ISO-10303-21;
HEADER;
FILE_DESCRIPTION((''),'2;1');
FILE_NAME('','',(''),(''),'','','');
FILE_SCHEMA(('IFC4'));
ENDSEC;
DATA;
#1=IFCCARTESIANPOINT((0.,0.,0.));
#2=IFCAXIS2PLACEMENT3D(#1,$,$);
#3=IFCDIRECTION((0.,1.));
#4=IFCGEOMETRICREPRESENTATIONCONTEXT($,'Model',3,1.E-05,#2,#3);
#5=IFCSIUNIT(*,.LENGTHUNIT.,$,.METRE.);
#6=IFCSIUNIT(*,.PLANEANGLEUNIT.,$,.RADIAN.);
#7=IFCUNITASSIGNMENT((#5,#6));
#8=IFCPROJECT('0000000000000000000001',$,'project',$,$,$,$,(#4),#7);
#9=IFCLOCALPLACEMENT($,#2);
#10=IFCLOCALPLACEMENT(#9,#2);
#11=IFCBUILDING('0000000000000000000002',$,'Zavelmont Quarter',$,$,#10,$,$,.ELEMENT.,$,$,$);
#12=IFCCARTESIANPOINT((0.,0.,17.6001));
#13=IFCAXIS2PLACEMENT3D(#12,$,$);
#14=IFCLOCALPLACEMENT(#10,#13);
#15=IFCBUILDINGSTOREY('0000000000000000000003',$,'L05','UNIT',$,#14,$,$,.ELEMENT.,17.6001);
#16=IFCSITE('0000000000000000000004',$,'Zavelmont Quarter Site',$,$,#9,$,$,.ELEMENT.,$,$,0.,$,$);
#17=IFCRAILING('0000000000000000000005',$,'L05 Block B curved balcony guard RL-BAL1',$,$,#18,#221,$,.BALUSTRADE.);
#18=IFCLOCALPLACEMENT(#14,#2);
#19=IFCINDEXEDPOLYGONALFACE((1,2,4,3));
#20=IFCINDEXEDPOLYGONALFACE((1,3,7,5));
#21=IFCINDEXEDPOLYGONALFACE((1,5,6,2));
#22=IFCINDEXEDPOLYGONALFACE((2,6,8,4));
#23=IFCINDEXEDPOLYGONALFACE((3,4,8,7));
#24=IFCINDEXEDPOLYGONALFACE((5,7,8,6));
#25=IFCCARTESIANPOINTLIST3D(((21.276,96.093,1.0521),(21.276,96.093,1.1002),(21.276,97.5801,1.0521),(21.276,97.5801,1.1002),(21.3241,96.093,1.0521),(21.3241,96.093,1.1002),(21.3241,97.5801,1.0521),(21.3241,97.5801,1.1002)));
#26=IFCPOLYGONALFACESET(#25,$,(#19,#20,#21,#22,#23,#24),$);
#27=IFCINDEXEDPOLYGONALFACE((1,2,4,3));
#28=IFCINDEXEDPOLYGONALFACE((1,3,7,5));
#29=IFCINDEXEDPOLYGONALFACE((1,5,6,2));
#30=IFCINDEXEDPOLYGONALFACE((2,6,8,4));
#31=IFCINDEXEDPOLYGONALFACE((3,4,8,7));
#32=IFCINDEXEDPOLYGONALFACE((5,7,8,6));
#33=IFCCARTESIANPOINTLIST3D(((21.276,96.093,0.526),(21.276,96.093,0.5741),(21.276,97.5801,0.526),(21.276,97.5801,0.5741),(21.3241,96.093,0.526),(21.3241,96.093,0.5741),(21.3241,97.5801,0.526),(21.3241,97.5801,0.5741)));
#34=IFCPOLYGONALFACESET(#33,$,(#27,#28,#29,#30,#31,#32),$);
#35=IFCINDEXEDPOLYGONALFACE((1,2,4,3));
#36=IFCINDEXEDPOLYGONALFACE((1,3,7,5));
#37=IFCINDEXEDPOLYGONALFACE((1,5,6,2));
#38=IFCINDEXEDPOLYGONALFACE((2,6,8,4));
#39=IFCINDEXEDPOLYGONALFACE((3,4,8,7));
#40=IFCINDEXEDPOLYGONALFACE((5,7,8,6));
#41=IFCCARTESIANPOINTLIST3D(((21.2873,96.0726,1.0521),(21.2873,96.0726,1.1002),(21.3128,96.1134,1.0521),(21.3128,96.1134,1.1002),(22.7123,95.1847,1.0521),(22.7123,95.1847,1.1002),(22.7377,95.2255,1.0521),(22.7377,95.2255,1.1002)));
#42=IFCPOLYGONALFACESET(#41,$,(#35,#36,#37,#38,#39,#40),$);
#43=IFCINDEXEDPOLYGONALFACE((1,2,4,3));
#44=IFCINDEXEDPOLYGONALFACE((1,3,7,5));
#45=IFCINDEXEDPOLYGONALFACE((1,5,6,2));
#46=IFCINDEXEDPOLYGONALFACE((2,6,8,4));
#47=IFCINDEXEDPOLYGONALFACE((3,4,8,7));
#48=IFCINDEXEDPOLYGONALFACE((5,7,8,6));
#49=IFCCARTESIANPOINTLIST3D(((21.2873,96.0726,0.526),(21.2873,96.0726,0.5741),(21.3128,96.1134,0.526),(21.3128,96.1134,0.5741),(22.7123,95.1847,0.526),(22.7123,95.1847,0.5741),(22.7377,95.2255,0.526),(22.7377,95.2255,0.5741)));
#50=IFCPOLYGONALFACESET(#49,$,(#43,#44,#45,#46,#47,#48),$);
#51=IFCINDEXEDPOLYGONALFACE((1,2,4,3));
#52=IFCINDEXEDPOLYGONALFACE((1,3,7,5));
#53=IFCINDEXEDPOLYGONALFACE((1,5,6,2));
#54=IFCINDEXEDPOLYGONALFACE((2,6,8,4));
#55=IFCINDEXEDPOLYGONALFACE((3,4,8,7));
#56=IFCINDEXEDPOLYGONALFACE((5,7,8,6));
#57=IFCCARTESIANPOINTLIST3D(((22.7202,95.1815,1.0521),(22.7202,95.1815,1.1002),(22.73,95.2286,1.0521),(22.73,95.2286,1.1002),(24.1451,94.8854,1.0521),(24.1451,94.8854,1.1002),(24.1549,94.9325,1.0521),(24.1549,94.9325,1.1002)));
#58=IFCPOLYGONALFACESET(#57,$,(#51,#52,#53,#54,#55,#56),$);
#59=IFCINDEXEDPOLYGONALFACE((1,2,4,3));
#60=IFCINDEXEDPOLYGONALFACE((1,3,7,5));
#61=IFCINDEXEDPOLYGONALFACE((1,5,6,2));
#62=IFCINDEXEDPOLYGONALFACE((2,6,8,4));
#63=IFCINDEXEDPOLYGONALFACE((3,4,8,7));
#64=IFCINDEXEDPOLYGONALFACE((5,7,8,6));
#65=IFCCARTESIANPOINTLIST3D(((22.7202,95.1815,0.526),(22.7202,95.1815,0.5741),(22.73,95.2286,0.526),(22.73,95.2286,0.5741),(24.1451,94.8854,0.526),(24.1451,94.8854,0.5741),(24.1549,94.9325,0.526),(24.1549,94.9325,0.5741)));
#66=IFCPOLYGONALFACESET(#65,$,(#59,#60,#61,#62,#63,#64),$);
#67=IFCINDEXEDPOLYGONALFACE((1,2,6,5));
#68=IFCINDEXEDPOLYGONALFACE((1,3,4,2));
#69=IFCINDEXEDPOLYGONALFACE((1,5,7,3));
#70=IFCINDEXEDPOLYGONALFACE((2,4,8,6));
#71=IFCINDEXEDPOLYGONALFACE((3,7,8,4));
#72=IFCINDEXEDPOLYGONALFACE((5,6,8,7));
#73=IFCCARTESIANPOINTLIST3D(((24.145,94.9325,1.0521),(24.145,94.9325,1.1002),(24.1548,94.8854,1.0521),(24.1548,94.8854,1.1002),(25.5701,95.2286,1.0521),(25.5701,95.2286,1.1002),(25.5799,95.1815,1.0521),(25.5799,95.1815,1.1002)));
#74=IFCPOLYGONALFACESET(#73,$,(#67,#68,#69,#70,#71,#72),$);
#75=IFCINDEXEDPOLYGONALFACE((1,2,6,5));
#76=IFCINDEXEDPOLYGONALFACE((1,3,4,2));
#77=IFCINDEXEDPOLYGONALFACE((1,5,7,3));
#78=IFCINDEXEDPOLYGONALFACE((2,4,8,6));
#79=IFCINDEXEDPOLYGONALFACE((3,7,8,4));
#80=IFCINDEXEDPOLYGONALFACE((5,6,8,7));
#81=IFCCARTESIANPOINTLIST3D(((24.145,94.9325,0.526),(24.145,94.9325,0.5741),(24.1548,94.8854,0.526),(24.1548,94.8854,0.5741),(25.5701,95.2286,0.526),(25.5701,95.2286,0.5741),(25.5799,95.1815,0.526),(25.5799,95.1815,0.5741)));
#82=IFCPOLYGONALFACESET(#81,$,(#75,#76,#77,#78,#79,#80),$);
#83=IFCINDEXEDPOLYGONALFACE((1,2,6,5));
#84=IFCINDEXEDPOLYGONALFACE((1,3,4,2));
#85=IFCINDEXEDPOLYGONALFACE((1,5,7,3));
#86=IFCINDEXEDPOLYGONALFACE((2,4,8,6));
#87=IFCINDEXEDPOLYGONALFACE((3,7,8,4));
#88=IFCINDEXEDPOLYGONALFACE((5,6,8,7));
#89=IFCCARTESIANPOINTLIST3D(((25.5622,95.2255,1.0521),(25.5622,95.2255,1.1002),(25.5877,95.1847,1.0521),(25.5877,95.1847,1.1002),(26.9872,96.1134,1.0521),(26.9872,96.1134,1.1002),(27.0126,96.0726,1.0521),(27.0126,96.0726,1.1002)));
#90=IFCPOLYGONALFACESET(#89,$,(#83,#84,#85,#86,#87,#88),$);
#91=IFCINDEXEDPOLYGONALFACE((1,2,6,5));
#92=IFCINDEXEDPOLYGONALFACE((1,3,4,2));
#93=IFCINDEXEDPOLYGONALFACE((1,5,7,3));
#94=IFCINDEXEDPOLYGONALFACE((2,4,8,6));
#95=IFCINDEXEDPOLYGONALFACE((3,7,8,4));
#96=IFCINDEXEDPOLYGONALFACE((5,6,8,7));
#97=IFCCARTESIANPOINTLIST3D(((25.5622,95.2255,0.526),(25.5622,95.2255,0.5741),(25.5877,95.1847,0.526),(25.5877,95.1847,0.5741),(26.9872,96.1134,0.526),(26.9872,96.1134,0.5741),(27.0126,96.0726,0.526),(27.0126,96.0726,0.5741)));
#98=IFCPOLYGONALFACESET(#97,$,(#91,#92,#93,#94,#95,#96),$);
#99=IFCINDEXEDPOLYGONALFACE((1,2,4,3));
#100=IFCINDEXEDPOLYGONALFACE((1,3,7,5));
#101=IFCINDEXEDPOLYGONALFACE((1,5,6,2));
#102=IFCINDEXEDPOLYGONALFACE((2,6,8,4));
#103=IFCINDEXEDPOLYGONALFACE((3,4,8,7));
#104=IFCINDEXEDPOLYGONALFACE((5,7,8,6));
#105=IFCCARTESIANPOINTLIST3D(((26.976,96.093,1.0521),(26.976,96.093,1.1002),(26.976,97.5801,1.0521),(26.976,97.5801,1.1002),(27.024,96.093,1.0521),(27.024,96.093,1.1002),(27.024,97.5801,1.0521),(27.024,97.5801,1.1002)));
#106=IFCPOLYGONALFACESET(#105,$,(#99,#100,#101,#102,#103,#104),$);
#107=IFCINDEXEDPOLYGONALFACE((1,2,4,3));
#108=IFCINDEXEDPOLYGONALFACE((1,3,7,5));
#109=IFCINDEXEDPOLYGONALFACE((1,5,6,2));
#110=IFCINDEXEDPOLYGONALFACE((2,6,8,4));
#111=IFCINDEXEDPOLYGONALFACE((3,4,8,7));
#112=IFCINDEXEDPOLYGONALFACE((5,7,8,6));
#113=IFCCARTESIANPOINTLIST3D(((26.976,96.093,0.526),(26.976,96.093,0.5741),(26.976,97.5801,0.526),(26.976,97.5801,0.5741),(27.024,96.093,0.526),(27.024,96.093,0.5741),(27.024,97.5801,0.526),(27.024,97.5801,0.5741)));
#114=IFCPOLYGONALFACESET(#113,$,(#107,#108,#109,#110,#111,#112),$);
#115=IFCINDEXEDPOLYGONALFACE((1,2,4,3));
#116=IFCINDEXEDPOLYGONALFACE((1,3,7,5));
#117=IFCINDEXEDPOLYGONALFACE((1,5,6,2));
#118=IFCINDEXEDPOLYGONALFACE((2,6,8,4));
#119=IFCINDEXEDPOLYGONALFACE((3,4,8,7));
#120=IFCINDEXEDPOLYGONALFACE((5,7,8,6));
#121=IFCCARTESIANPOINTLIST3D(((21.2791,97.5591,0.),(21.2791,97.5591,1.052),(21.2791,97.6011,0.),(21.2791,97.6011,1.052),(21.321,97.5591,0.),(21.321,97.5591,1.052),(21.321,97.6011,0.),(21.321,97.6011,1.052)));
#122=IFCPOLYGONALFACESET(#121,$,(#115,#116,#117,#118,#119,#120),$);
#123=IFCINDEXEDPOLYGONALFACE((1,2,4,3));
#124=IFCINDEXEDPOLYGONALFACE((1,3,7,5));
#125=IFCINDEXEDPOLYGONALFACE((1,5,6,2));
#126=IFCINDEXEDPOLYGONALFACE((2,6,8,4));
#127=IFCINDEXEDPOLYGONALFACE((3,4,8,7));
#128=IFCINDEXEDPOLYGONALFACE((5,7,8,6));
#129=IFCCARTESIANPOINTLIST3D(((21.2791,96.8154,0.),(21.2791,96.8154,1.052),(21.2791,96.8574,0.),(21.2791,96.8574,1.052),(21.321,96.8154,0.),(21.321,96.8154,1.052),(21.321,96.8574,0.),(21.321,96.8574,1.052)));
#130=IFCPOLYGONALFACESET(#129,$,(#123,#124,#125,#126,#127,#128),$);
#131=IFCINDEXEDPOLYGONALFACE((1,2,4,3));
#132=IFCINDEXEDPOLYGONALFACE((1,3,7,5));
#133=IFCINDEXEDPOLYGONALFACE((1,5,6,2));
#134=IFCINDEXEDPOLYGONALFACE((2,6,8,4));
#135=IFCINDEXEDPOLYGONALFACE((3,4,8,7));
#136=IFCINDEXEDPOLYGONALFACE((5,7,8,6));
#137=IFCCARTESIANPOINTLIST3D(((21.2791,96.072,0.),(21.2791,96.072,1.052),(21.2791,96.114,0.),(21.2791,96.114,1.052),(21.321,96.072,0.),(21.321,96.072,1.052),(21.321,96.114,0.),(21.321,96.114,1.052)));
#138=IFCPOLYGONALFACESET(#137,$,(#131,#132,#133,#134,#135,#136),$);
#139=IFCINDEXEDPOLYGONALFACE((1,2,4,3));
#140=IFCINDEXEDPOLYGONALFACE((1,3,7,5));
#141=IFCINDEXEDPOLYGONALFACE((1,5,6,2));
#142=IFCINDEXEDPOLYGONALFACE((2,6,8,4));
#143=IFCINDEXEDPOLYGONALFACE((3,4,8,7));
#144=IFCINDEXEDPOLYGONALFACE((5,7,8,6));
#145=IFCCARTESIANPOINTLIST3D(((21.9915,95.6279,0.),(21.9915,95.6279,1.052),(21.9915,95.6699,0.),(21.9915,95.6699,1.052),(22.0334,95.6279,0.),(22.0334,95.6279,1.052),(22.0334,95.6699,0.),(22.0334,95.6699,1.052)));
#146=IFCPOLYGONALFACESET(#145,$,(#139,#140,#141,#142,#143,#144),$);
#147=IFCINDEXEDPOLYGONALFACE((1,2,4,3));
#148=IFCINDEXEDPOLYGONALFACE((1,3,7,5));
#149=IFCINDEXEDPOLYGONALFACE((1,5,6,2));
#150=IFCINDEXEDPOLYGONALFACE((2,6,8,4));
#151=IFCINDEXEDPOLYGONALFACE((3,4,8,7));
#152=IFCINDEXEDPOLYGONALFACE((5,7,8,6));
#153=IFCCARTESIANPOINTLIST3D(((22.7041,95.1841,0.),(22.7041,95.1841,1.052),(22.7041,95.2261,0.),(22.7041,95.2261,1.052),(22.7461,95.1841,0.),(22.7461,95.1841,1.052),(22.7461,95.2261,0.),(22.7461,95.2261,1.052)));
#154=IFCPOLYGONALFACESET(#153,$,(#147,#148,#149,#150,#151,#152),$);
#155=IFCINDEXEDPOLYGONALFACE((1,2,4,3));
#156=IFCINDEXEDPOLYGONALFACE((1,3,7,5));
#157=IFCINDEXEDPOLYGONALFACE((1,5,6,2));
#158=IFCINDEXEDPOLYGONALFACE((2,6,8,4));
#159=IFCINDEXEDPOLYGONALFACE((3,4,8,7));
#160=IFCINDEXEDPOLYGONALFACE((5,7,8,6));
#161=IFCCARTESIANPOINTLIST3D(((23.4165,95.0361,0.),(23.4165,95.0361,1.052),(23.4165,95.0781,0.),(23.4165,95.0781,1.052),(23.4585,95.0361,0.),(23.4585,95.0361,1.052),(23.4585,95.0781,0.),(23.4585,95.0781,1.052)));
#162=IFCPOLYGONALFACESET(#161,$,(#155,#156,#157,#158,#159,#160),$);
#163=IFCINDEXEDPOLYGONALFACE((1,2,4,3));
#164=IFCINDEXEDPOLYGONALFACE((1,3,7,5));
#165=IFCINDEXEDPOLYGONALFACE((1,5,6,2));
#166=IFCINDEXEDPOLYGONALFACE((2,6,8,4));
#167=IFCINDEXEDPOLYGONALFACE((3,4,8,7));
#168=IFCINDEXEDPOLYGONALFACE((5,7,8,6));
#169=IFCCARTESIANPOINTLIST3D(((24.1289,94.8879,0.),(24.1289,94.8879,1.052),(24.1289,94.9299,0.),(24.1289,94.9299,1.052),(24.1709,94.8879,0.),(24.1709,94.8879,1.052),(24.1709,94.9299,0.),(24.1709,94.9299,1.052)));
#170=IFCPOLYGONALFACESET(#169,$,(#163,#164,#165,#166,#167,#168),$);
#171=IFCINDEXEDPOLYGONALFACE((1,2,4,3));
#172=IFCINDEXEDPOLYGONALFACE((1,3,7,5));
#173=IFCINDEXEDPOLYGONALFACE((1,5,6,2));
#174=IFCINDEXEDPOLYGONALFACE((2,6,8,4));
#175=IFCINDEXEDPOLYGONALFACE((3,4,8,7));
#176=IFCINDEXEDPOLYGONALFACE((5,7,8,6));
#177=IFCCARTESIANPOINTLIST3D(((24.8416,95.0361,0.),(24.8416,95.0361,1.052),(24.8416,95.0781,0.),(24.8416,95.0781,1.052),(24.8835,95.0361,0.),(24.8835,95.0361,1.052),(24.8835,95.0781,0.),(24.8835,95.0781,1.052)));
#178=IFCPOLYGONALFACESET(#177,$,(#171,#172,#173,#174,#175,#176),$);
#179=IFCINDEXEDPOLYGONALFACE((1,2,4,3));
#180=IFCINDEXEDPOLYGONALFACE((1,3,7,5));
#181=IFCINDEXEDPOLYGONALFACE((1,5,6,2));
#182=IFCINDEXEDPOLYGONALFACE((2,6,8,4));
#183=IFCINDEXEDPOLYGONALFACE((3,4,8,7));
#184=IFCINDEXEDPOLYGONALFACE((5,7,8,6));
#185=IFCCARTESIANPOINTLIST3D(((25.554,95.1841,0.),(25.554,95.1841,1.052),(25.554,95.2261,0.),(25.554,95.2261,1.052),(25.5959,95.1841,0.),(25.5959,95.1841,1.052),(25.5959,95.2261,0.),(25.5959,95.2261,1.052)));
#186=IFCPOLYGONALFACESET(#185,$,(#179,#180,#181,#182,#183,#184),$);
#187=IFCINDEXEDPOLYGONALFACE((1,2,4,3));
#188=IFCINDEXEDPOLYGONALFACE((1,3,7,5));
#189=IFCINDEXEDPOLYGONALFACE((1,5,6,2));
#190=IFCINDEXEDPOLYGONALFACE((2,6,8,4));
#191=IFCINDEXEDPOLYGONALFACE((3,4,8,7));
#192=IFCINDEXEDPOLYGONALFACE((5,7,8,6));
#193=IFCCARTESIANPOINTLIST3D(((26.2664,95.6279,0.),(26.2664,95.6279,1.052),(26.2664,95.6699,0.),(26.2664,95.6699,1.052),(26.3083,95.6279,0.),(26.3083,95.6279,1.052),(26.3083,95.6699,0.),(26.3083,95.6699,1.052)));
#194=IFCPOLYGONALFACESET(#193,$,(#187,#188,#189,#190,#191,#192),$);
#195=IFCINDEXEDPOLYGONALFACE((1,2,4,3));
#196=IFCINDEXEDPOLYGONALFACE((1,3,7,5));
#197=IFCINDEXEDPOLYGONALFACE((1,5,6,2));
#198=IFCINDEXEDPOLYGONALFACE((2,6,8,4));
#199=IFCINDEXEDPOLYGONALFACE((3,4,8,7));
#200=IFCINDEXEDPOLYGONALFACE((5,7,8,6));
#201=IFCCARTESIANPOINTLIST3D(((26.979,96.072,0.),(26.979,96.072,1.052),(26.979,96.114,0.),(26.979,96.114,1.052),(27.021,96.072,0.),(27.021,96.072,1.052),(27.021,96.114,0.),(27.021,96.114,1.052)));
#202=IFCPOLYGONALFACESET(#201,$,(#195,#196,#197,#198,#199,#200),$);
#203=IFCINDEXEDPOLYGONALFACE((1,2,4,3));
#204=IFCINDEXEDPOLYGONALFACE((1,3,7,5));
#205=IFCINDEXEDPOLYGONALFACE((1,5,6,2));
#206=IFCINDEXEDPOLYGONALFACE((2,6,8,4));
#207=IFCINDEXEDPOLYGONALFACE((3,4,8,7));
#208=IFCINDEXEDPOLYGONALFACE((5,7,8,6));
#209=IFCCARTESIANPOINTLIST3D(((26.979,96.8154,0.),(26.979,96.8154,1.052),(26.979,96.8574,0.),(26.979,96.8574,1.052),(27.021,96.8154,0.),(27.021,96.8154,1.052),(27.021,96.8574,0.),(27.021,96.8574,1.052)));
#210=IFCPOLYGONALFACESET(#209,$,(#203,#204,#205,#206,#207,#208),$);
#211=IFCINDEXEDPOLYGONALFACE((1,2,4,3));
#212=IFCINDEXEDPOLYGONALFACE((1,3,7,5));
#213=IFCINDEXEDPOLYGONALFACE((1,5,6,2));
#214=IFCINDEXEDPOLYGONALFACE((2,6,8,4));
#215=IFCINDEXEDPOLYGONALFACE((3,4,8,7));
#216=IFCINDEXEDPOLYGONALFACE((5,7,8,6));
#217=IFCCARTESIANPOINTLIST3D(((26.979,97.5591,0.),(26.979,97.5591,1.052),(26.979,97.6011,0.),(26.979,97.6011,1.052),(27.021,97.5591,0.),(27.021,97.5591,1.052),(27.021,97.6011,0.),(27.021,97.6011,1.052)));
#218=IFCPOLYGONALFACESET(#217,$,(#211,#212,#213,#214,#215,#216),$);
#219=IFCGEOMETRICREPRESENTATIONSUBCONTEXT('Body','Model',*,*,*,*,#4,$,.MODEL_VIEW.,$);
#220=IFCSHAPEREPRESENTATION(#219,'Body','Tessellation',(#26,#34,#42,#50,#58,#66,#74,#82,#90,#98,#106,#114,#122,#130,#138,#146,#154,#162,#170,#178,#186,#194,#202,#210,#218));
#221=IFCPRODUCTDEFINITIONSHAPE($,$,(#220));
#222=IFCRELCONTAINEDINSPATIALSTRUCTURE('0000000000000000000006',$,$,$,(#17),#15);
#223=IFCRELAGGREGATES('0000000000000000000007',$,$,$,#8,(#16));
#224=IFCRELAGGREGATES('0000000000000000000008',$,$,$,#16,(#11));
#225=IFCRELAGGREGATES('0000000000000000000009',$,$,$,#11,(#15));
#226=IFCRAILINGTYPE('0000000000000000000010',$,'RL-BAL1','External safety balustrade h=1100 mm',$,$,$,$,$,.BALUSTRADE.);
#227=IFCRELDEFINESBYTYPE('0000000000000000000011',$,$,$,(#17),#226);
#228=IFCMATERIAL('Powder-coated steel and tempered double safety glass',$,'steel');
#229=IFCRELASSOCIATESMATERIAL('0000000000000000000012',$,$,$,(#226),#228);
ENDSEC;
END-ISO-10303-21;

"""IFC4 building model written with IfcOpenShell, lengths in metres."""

from ifc_helpers import new_model, si_unit, direction, frame, origin, origin_2d, place, context, subcontext, project, spatial, rectangle, extrude, material, type_object, element, save


model = new_model("IFC4")

# Units and contexts
model_context = context("Model", 3, precision=1e-05, world=origin(), true_north=direction((0.0, 1.0)))
body_context = subcontext(model_context, "Body", "Model", "MODEL_VIEW")
ifc_project = project(units=[si_unit("LENGTHUNIT", "METRE"), si_unit("PLANEANGLEUNIT", "RADIAN")], contexts=[model_context])

# Site, building, storey
site_placement = place(None, origin())
site = spatial("IfcSite", under=ifc_project, at=site_placement, Name="Zavelmont Quarter Site", CompositionType="ELEMENT", RefElevation=0.0)
building_placement = place(site_placement, origin())
building = spatial("IfcBuilding", under=site, at=building_placement, Name="Zavelmont Quarter", CompositionType="ELEMENT")
storey_placement = place(building_placement, frame((0.0, 0.0, 17.6001)))
storey = spatial("IfcBuildingStorey", under=building, at=storey_placement, Name="L05", Description="UNIT", CompositionType="ELEMENT", Elevation=17.6001)

# Railing
ifc_material_1 = material(Name="Powder-coated steel and tempered double safety glass", Category="steel")
railing_type_1 = type_object("IfcRailingType", Name="RL-BAL1", Description="External safety balustrade h=1100 mm", PredefinedType="BALUSTRADE", material=ifc_material_1)
railing_1_placement = place(storey_placement, frame((21.3, 97.5801, 0.0)))
element("IfcRailing", 1, at=railing_1_placement, inside=storey, type_object=railing_type_1, Name="L05 Block B curved balcony guard RL-BAL1", PredefinedType="BALUSTRADE", context=body_context, shape_type="SweptSolid", body=[
    extrude(rectangle(XDim=0.0481, YDim=0.0481, at=origin_2d()), frame((0.0, 0.0, 1.0762), z_axis=(0.0, -1.0, 0.0), x_axis=(1.0, 0.0, 0.0)), (0.0, 0.0, 1.0), 1.4871),
    extrude(rectangle(XDim=0.0481, YDim=0.0481, at=origin_2d()), frame((0.0, 0.0, 0.55), z_axis=(0.0, -1.0, 0.0), x_axis=(1.0, 0.0, 0.0)), (0.0, 0.0, 1.0), 1.4871),
    extrude(rectangle(XDim=0.0481, YDim=0.0481, at=origin_2d()), frame((0.0, -1.4871, 1.0762), z_axis=(0.848725, -0.528835, 0.0), x_axis=(0.528835, 0.848725, 0.0)), (0.0, 0.0, 1.0), 1.679),
    extrude(rectangle(XDim=0.0481, YDim=0.0481, at=origin_2d()), frame((0.0, -1.4871, 0.55), z_axis=(0.848725, -0.528835, 0.0), x_axis=(0.528835, 0.848725, 0.0)), (0.0, 0.0, 1.0), 1.679),
    extrude(rectangle(XDim=0.0481, YDim=0.0481, at=origin_2d()), frame((1.425, -2.375, 1.0762), z_axis=(0.979075, -0.203499, 0.0), x_axis=(0.203499, 0.979075, 0.0)), (0.0, 0.0, 1.0), 1.4553),
    extrude(rectangle(XDim=0.0481, YDim=0.0481, at=origin_2d()), frame((1.425, -2.375, 0.55), z_axis=(0.979075, -0.203499, 0.0), x_axis=(0.203499, 0.979075, 0.0)), (0.0, 0.0, 1.0), 1.4553),
    extrude(rectangle(XDim=0.0481, YDim=0.0481, at=origin_2d()), frame((2.8499, -2.6711, 1.0762), z_axis=(0.979082, 0.203465, 0.0), x_axis=(-0.203465, 0.979082, 0.0)), (0.0, 0.0, 1.0), 1.4556),
    extrude(rectangle(XDim=0.0481, YDim=0.0481, at=origin_2d()), frame((2.8499, -2.6711, 0.55), z_axis=(0.979082, 0.203465, 0.0), x_axis=(-0.203465, 0.979082, 0.0)), (0.0, 0.0, 1.0), 1.4556),
    extrude(rectangle(XDim=0.0481, YDim=0.0481, at=origin_2d()), frame((4.2749, -2.375, 1.0762), z_axis=(0.848725, 0.528835, 0.0), x_axis=(-0.528835, 0.848725, 0.0)), (0.0, 0.0, 1.0), 1.679),
    extrude(rectangle(XDim=0.0481, YDim=0.0481, at=origin_2d()), frame((4.2749, -2.375, 0.55), z_axis=(0.848725, 0.528835, 0.0), x_axis=(-0.528835, 0.848725, 0.0)), (0.0, 0.0, 1.0), 1.679),
    extrude(rectangle(XDim=0.0481, YDim=0.0481, at=origin_2d()), frame((5.7, -1.4871, 1.0762), z_axis=(0.0, 1.0, 0.0), x_axis=(-1.0, 0.0, 0.0)), (0.0, 0.0, 1.0), 1.4871),
    extrude(rectangle(XDim=0.0481, YDim=0.0481, at=origin_2d()), frame((5.7, -1.4871, 0.55), z_axis=(0.0, 1.0, 0.0), x_axis=(-1.0, 0.0, 0.0)), (0.0, 0.0, 1.0), 1.4871),
    extrude(rectangle(XDim=0.042, YDim=0.042, at=origin_2d()), origin(), (0.0, 0.0, 1.0), 1.052),
    extrude(rectangle(XDim=0.042, YDim=0.042, at=origin_2d()), frame((0.0, -0.7437, 0.0)), (0.0, 0.0, 1.0), 1.052),
    extrude(rectangle(XDim=0.042, YDim=0.042, at=origin_2d()), frame((0.0, -1.4871, 0.0)), (0.0, 0.0, 1.0), 1.052),
    extrude(rectangle(XDim=0.042, YDim=0.042, at=origin_2d()), frame((0.7124, -1.9312, 0.0)), (0.0, 0.0, 1.0), 1.052),
    extrude(rectangle(XDim=0.042, YDim=0.042, at=origin_2d()), frame((1.425, -2.375, 0.0)), (0.0, 0.0, 1.0), 1.052),
    extrude(rectangle(XDim=0.042, YDim=0.042, at=origin_2d()), frame((2.1375, -2.5229, 0.0)), (0.0, 0.0, 1.0), 1.052),
    extrude(rectangle(XDim=0.042, YDim=0.042, at=origin_2d()), frame((2.8499, -2.6711, 0.0)), (0.0, 0.0, 1.0), 1.052),
    extrude(rectangle(XDim=0.042, YDim=0.042, at=origin_2d()), frame((3.5625, -2.5229, 0.0)), (0.0, 0.0, 1.0), 1.052),
    extrude(rectangle(XDim=0.042, YDim=0.042, at=origin_2d()), frame((4.2749, -2.375, 0.0)), (0.0, 0.0, 1.0), 1.052),
    extrude(rectangle(XDim=0.042, YDim=0.042, at=origin_2d()), frame((4.9873, -1.9312, 0.0)), (0.0, 0.0, 1.0), 1.052),
    extrude(rectangle(XDim=0.042, YDim=0.042, at=origin_2d()), frame((5.7, -1.4871, 0.0)), (0.0, 0.0, 1.0), 1.052),
    extrude(rectangle(XDim=0.042, YDim=0.042, at=origin_2d()), frame((5.7, -0.7437, 0.0)), (0.0, 0.0, 1.0), 1.052),
    extrude(rectangle(XDim=0.042, YDim=0.042, at=origin_2d()), frame((5.7, 0.0, 0.0)), (0.0, 0.0, 1.0), 1.052),
])

save(model, "model.ifc")
